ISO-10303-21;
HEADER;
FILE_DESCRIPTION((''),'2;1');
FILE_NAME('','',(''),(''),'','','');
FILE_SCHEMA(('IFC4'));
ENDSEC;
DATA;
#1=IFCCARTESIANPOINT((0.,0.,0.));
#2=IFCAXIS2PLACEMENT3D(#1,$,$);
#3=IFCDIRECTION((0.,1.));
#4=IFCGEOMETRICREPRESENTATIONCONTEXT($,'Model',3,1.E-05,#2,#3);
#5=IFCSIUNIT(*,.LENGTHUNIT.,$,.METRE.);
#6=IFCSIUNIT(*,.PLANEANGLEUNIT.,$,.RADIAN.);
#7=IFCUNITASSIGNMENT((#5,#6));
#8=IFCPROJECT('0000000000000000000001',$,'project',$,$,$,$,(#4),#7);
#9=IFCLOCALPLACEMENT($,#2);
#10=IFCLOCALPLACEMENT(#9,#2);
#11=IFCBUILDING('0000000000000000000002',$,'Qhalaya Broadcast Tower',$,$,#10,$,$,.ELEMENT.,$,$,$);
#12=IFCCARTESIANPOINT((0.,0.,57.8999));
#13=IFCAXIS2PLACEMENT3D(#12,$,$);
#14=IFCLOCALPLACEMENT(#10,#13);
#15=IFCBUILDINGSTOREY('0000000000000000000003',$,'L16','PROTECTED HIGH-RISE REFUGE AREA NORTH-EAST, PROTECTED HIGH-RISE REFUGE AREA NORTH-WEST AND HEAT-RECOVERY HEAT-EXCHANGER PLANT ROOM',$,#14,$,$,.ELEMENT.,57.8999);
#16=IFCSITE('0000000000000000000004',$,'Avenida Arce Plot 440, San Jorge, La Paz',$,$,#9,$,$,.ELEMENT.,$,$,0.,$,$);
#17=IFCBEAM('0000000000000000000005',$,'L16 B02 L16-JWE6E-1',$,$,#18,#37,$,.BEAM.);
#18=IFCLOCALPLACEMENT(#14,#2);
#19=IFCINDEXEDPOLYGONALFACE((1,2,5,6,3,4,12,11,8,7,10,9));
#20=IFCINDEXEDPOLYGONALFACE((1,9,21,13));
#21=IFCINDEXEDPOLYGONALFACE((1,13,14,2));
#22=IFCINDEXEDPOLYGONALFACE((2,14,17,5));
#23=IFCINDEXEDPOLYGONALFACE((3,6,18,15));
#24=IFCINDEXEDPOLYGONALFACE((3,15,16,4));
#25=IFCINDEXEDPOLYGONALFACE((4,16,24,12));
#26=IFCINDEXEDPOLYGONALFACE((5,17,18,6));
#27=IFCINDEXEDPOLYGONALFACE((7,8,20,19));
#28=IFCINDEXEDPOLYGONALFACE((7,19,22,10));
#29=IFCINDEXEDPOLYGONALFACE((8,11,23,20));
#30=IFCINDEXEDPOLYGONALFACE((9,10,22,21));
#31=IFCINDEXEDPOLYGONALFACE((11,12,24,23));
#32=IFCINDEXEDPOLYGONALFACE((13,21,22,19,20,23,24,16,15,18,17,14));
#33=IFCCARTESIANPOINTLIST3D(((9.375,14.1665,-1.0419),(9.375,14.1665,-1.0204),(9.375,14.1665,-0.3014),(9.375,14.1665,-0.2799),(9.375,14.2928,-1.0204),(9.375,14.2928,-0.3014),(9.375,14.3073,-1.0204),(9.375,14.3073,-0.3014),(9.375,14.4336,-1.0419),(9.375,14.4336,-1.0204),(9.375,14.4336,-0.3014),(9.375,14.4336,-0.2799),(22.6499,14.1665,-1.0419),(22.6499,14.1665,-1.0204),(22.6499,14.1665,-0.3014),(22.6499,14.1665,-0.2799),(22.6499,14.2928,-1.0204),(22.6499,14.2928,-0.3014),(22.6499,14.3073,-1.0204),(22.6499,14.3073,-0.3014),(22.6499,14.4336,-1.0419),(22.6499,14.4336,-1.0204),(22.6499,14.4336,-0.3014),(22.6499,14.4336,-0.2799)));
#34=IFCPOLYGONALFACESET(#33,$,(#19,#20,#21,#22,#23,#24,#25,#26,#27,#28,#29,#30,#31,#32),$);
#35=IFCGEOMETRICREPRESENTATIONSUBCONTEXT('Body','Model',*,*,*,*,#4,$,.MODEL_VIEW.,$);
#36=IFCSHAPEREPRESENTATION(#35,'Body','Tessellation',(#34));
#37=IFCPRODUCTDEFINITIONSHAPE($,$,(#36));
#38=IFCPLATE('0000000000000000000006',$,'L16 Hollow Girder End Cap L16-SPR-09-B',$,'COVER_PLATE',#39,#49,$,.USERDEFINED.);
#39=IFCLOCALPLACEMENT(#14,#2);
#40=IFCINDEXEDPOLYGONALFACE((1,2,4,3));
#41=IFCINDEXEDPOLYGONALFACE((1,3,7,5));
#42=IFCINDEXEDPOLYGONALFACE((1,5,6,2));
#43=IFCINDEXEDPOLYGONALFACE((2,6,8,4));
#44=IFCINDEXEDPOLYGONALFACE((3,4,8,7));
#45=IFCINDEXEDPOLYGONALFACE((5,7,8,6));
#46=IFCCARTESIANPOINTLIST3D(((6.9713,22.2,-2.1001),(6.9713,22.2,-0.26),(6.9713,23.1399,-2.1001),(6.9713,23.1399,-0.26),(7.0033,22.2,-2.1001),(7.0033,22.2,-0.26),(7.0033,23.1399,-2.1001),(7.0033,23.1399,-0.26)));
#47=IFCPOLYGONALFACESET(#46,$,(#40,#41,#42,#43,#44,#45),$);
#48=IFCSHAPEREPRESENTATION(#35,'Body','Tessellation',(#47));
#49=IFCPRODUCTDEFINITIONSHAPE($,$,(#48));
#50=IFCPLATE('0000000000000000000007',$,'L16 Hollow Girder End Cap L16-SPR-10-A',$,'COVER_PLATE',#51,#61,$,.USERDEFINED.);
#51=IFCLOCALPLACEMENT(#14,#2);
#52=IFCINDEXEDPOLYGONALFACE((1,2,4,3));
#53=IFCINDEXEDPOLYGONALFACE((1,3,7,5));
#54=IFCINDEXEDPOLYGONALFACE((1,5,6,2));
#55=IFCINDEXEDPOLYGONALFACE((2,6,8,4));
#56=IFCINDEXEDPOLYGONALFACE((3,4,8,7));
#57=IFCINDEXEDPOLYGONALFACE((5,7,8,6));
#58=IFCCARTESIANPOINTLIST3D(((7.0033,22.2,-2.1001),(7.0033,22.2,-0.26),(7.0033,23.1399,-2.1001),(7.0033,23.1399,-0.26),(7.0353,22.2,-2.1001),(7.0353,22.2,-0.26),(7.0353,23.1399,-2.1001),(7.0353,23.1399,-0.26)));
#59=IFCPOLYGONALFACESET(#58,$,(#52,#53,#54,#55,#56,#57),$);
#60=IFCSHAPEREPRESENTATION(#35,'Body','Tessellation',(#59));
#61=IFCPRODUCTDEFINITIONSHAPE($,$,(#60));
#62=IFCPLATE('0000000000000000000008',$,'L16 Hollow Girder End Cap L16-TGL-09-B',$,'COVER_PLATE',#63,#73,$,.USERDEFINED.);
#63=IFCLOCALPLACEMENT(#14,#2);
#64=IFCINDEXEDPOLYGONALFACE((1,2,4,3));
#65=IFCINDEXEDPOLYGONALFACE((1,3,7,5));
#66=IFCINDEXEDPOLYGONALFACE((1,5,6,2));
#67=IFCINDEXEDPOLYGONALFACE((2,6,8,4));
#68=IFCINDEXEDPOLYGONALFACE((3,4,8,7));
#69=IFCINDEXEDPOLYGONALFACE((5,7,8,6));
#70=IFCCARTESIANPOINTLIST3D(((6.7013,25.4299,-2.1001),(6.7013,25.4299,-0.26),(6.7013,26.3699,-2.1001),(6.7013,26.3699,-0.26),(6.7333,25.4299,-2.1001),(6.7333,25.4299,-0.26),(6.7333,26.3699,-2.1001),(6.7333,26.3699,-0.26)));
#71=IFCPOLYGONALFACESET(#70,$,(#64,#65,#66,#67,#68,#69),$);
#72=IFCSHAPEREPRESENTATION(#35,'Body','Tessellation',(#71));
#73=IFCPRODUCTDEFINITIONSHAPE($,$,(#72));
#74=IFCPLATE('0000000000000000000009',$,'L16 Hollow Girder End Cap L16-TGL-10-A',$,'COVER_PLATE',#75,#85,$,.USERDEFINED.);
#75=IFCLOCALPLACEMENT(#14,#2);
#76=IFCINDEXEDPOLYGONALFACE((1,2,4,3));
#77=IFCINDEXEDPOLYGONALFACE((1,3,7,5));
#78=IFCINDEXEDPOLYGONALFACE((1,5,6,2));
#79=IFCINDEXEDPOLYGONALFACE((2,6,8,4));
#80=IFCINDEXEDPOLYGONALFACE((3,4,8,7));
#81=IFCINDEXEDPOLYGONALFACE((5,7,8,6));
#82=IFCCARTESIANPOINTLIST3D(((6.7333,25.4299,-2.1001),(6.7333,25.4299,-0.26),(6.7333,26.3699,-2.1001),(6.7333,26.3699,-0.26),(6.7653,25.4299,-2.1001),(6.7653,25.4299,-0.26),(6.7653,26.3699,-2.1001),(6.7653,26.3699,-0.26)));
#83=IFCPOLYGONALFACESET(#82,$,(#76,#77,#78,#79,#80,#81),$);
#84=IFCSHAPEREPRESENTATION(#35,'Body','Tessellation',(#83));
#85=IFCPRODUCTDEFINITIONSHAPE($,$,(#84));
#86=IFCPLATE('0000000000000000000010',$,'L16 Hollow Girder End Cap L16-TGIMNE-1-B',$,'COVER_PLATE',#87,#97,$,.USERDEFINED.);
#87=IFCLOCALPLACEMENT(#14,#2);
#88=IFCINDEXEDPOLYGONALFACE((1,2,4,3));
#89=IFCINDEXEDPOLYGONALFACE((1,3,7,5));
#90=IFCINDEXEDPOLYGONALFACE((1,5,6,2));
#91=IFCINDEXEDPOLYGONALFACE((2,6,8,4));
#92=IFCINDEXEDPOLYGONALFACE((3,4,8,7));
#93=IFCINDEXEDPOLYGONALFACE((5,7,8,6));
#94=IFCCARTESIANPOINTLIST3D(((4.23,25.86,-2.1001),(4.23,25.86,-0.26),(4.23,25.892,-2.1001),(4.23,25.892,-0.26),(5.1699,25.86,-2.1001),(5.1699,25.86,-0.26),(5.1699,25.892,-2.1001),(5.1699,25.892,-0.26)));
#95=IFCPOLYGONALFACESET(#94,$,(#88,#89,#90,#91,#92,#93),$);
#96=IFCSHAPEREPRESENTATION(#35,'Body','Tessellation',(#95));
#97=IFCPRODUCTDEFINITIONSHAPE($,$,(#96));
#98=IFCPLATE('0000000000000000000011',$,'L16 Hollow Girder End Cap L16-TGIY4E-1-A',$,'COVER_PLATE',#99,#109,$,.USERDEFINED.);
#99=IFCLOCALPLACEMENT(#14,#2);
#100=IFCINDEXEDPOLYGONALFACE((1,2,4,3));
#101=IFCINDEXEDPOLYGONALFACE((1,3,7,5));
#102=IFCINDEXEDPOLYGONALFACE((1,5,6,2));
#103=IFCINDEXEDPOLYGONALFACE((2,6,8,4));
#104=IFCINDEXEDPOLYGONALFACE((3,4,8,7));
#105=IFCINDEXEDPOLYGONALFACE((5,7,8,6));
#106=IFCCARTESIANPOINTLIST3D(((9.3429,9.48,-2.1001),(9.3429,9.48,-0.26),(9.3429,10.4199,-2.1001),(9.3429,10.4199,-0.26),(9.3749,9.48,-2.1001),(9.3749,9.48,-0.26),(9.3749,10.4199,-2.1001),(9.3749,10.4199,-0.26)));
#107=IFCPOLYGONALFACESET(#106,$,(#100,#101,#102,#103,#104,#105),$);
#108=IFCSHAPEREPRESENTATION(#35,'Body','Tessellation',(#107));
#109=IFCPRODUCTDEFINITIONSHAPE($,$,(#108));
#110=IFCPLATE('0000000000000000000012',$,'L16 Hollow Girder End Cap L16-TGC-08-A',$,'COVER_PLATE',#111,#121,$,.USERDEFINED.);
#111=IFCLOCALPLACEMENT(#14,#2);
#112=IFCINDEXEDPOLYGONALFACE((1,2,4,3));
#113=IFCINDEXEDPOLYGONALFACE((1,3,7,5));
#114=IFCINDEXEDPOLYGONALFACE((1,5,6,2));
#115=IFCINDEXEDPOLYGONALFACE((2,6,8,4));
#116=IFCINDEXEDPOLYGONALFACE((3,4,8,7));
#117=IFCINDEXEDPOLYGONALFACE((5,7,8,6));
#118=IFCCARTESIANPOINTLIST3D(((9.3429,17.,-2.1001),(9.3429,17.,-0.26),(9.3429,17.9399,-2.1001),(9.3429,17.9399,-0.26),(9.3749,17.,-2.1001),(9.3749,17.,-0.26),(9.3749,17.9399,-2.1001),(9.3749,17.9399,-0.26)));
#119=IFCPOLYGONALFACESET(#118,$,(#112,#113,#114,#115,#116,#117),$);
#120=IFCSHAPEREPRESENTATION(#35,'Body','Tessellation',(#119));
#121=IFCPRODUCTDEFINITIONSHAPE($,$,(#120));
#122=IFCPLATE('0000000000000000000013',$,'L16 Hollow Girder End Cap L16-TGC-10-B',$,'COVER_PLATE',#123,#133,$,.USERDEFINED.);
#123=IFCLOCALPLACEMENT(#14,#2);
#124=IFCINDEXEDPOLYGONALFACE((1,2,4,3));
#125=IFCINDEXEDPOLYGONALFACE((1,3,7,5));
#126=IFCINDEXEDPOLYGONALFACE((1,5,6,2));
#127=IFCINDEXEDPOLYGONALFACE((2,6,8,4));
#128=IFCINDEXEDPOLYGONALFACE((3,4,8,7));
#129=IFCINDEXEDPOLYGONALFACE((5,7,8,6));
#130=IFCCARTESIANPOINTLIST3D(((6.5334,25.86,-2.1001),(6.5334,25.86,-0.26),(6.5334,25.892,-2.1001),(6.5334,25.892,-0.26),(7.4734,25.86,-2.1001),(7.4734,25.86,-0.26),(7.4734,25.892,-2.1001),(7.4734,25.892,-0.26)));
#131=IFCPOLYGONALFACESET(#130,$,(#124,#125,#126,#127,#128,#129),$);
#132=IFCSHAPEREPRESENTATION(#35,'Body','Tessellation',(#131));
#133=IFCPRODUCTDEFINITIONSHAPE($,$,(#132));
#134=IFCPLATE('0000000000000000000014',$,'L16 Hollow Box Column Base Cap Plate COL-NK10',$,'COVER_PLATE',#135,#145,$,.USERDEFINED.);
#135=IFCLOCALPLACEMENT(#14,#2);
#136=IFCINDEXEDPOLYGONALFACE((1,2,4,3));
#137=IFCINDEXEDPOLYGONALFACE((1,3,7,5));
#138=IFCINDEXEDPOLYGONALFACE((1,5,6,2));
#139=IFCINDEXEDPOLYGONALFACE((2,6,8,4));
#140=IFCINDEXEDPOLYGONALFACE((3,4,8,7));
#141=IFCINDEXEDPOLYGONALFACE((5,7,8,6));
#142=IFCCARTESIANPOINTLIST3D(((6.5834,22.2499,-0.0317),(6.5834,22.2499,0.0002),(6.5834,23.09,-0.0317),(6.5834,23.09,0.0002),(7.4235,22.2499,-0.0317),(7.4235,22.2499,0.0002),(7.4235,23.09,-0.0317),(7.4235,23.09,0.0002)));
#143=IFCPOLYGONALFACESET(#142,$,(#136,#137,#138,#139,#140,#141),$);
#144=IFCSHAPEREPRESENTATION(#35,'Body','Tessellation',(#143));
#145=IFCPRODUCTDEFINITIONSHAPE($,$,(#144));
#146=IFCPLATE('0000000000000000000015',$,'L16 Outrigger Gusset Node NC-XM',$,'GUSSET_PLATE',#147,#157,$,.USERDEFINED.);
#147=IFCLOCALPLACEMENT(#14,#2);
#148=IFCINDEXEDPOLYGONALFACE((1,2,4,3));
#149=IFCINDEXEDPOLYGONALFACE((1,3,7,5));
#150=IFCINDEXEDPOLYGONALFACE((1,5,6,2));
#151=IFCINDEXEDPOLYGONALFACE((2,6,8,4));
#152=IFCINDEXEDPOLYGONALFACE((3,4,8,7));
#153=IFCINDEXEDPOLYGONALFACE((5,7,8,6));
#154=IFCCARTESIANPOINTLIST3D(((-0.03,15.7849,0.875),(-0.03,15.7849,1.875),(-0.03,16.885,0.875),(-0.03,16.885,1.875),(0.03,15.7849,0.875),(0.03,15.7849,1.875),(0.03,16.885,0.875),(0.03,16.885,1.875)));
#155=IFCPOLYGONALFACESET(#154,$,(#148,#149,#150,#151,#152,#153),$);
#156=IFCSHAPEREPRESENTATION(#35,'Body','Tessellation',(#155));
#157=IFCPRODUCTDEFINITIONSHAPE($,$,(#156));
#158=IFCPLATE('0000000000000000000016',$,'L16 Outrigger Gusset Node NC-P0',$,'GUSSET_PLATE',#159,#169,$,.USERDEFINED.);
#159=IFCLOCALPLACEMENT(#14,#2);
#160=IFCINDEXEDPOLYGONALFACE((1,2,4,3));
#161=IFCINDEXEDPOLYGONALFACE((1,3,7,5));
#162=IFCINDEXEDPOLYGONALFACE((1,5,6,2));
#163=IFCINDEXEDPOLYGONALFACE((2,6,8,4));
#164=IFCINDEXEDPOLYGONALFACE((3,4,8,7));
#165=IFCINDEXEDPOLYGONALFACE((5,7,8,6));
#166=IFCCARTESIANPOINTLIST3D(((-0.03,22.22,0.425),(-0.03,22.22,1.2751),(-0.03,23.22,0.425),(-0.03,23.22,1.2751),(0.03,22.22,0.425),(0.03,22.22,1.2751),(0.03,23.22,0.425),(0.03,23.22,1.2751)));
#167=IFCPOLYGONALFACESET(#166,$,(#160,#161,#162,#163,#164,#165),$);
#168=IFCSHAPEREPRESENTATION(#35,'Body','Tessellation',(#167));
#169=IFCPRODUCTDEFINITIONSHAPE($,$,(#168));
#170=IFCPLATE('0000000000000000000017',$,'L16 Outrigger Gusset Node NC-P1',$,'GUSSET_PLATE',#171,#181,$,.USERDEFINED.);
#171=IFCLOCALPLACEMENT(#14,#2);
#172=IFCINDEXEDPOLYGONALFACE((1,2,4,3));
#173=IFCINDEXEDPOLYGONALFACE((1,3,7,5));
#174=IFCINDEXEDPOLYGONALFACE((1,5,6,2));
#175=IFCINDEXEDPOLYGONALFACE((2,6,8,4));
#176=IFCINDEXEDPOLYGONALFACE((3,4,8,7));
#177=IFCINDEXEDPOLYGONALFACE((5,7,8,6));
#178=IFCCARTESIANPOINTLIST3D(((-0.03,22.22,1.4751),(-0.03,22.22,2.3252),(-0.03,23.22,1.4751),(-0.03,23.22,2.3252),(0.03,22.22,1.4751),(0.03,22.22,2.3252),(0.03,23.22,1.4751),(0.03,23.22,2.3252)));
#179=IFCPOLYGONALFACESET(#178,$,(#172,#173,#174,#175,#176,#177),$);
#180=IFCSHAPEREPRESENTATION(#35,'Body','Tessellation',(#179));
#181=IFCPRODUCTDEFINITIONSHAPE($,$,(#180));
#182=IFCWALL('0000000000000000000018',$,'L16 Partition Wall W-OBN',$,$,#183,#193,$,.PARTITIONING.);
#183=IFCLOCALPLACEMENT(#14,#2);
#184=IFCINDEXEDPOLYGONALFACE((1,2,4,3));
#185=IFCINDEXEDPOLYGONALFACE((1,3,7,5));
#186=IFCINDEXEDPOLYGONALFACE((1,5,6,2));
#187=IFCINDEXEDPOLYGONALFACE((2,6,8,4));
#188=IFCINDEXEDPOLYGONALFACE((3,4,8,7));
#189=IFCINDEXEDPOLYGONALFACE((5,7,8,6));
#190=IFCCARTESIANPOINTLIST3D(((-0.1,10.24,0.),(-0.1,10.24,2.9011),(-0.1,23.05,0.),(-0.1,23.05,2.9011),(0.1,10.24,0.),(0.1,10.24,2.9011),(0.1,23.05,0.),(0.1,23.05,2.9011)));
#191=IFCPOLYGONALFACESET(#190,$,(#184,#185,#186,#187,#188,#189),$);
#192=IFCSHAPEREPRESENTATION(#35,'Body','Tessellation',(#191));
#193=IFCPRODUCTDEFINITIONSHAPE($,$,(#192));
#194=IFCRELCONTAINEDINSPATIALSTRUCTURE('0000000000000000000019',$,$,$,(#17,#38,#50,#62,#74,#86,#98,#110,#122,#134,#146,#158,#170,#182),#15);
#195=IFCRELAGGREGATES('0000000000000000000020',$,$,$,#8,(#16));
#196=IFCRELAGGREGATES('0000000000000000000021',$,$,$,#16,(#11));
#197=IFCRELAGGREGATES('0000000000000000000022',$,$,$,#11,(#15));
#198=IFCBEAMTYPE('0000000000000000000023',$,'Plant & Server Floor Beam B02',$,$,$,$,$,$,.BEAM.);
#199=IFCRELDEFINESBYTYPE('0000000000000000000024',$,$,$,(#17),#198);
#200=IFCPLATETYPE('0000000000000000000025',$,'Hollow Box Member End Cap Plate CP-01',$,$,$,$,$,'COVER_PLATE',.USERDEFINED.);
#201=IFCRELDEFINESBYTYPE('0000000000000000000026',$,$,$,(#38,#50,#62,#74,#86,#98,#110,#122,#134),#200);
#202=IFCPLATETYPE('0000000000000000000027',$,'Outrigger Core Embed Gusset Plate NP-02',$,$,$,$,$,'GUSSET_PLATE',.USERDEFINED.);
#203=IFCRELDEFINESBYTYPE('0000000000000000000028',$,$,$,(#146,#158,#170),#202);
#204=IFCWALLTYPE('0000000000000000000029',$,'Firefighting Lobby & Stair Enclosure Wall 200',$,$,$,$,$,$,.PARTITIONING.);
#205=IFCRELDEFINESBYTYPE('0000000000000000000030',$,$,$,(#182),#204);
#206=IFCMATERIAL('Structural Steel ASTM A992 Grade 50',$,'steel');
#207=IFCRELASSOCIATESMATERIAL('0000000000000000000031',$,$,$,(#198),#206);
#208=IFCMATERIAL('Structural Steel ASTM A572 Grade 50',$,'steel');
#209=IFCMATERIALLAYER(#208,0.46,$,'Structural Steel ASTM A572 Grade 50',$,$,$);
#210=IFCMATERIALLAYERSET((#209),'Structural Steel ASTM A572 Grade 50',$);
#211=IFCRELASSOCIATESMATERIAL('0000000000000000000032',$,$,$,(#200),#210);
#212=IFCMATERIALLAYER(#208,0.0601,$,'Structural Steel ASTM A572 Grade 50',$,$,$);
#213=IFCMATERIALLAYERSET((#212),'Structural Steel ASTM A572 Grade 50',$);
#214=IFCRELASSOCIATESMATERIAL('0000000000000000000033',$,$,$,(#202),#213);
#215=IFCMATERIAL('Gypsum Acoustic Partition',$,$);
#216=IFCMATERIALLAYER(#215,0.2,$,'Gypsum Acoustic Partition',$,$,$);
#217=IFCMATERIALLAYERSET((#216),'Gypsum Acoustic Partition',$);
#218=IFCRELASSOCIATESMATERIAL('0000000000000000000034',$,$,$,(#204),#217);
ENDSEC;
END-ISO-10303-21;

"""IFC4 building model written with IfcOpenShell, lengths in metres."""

from ifc_helpers import new_model, si_unit, direction, frame, frame_2d, origin, origin_2d, place, context, subcontext, project, spatial, rectangle, i_section, extrude, material, layer, layer_set, material_profile, profile_set, type_object, element, save


model = new_model("IFC4")

# Units and contexts
model_context = context("Model", 3, precision=1e-05, world=origin(), true_north=direction((0.0, 1.0)))
body_context = subcontext(model_context, "Body", "Model", "MODEL_VIEW")
ifc_project = project(units=[si_unit("LENGTHUNIT", "METRE"), si_unit("PLANEANGLEUNIT", "RADIAN")], contexts=[model_context])

# Site, building, storey
site_placement = place(None, origin())
site = spatial("IfcSite", under=ifc_project, at=site_placement, Name="Avenida Arce Plot 440, San Jorge, La Paz", CompositionType="ELEMENT", RefElevation=0.0)
building_placement = place(site_placement, origin())
building = spatial("IfcBuilding", under=site, at=building_placement, Name="Qhalaya Broadcast Tower", CompositionType="ELEMENT")
storey_placement = place(building_placement, frame((0.0, 0.0, 57.8999)))
storey = spatial("IfcBuildingStorey", under=building, at=storey_placement, Name="L16", Description="PROTECTED HIGH-RISE REFUGE AREA NORTH-EAST, PROTECTED HIGH-RISE REFUGE AREA NORTH-WEST AND HEAT-RECOVERY HEAT-EXCHANGER PLANT ROOM", CompositionType="ELEMENT", Elevation=57.8999)

# Shared definitions
ifc_material_1 = material(Name="Structural Steel ASTM A572 Grade 50", Category="steel")

# Beam
ifc_material_2 = material(Name="Structural Steel ASTM A992 Grade 50", Category="steel")
ifc_material_profile_1 = material_profile(ifc_material_2, i_section(OverallWidth=0.2671, OverallDepth=0.762, WebThickness=0.0144, FlangeThickness=0.0215, at=origin_2d()), Name="W30X116")
ifc_profile_set_1 = profile_set([ifc_material_profile_1], Name="Structural Steel ASTM A992 Grade 50")
beam_type_1 = type_object("IfcBeamType", Name="Plant & Server Floor Beam B02", PredefinedType="BEAM", material=ifc_profile_set_1)
beam_1_placement = place(storey_placement, frame((9.375, 14.3, -0.6609), z_axis=(1.0, 0.0, 0.0), x_axis=(0.0, 1.0, 0.0)))
element("IfcBeam", 1, at=beam_1_placement, inside=storey, type_object=beam_type_1, Name="L16 B02 L16-JWE6E-1", PredefinedType="BEAM", context=body_context, shape_type="SweptSolid", body=[
    extrude(i_section(OverallWidth=0.2671, OverallDepth=0.762, WebThickness=0.0144, FlangeThickness=0.0215, at=origin_2d()), origin(), (0.0, 0.0, 1.0), 13.2749),
])

# Plates
ifc_layer_1 = layer(ifc_material_1, 0.46, Name="Structural Steel ASTM A572 Grade 50")
ifc_layer_set_1 = layer_set([ifc_layer_1], Name="Structural Steel ASTM A572 Grade 50")
plate_type_1 = type_object("IfcPlateType", Name="Hollow Box Member End Cap Plate CP-01", ElementType="COVER_PLATE", PredefinedType="USERDEFINED", material=ifc_layer_set_1)
for number, where, z_axis, x_axis, name in (
    (2, (6.9873, 22.6699, -2.1001), (0.0, 0.0, 1.0), (0.0, -1.0, 0.0), "L16 Hollow Girder End Cap L16-SPR-09-B"),
    (3, (7.0193, 22.6699, -2.1001), (0.0, 0.0, 1.0), (0.0, -1.0, 0.0), "L16 Hollow Girder End Cap L16-SPR-10-A"),
    (4, (6.7173, 25.8999, -2.1001), (0.0, 0.0, 1.0), (0.0, -1.0, 0.0), "L16 Hollow Girder End Cap L16-TGL-09-B"),
    (5, (6.7493, 25.8999, -2.1001), (0.0, 0.0, 1.0), (0.0, -1.0, 0.0), "L16 Hollow Girder End Cap L16-TGL-10-A"),
    (6, (4.7, 25.876, -2.1001), (0.0, 0.0, 1.0), (-1.0, 0.0, 0.0), "L16 Hollow Girder End Cap L16-TGIMNE-1-B"),
    (7, (9.3589, 9.95, -2.1001), (0.0, 0.0, 1.0), (0.0, 1.0, 0.0), "L16 Hollow Girder End Cap L16-TGIY4E-1-A"),
    (8, (9.3589, 17.47, -2.1001), (0.0, 0.0, 1.0), (0.0, 1.0, 0.0), "L16 Hollow Girder End Cap L16-TGC-08-A"),
    (9, (7.0034, 25.876, -2.1001), (0.0, 0.0, 1.0), (-1.0, 0.0, 0.0), "L16 Hollow Girder End Cap L16-TGC-10-B"),
):
    element("IfcPlate", number, at=place(storey_placement, frame(where, z_axis=z_axis, x_axis=x_axis)), inside=storey, type_object=plate_type_1, Name=name, ObjectType="COVER_PLATE", PredefinedType="USERDEFINED", context=body_context, shape_type="SweptSolid", body=[
        extrude(rectangle(XDim=0.9399, YDim=0.032, at=origin_2d()), origin(), (0.0, 0.0, 1.0), 1.8401),
    ])
plate_1_placement = place(storey_placement, frame((7.0034, 22.6699, -0.0317), z_axis=(0.0, 0.0, 1.0), x_axis=(1.0, 0.0, 0.0)))
element("IfcPlate", 10, at=plate_1_placement, inside=storey, type_object=plate_type_1, Name="L16 Hollow Box Column Base Cap Plate COL-NK10", ObjectType="COVER_PLATE", PredefinedType="USERDEFINED", context=body_context, shape_type="SweptSolid", body=[
    extrude(rectangle(XDim=0.8401, YDim=0.8401, at=origin_2d()), origin(), (0.0, 0.0, 1.0), 0.032),
])
ifc_layer_2 = layer(ifc_material_1, 0.0601, Name="Structural Steel ASTM A572 Grade 50")
ifc_layer_set_2 = layer_set([ifc_layer_2], Name="Structural Steel ASTM A572 Grade 50")
plate_type_2 = type_object("IfcPlateType", Name="Outrigger Core Embed Gusset Plate NP-02", ElementType="GUSSET_PLATE", PredefinedType="USERDEFINED", material=ifc_layer_set_2)
plate_2_placement = place(storey_placement, frame((0.0, 16.335, 0.875), z_axis=(0.0, 0.0, 1.0), x_axis=(0.0, 1.0, 0.0)))
element("IfcPlate", 11, at=plate_2_placement, inside=storey, type_object=plate_type_2, Name="L16 Outrigger Gusset Node NC-XM", ObjectType="GUSSET_PLATE", PredefinedType="USERDEFINED", context=body_context, shape_type="SweptSolid", body=[
    extrude(rectangle(XDim=1.1001, YDim=0.0601, at=origin_2d()), origin(), (0.0, 0.0, 1.0), 1.0),
])
for number, where, z_axis, x_axis, name in (
    (12, (0.0, 22.72, 0.425), (0.0, 0.0, 1.0), (0.0, 1.0, 0.0), "L16 Outrigger Gusset Node NC-P0"),
    (13, (0.0, 22.72, 1.4751), (0.0, 0.0, 1.0), (0.0, 1.0, 0.0), "L16 Outrigger Gusset Node NC-P1"),
):
    element("IfcPlate", number, at=place(storey_placement, frame(where, z_axis=z_axis, x_axis=x_axis)), inside=storey, type_object=plate_type_2, Name=name, ObjectType="GUSSET_PLATE", PredefinedType="USERDEFINED", context=body_context, shape_type="SweptSolid", body=[
        extrude(rectangle(XDim=1.0, YDim=0.0601, at=origin_2d()), origin(), (0.0, 0.0, 1.0), 0.8501),
    ])

# Wall
ifc_material_3 = material(Name="Gypsum Acoustic Partition")
ifc_layer_3 = layer(ifc_material_3, 0.2, Name="Gypsum Acoustic Partition")
ifc_layer_set_3 = layer_set([ifc_layer_3], Name="Gypsum Acoustic Partition")
wall_type_1 = type_object("IfcWallType", Name="Firefighting Lobby & Stair Enclosure Wall 200", PredefinedType="PARTITIONING", material=ifc_layer_set_3)
wall_1_placement = place(storey_placement, frame((0.0, 10.24, 0.0), z_axis=(0.0, 0.0, 1.0), x_axis=(0.0, 1.0, 0.0)))
element("IfcWall", 14, at=wall_1_placement, inside=storey, type_object=wall_type_1, Name="L16 Partition Wall W-OBN", PredefinedType="PARTITIONING", context=body_context, shape_type="SweptSolid", body=[
    extrude(rectangle(XDim=12.8101, YDim=0.2, at=frame_2d((6.405, 0.0))), origin(), (0.0, 0.0, 1.0), 2.9011),
])

save(model, "model.ifc")
